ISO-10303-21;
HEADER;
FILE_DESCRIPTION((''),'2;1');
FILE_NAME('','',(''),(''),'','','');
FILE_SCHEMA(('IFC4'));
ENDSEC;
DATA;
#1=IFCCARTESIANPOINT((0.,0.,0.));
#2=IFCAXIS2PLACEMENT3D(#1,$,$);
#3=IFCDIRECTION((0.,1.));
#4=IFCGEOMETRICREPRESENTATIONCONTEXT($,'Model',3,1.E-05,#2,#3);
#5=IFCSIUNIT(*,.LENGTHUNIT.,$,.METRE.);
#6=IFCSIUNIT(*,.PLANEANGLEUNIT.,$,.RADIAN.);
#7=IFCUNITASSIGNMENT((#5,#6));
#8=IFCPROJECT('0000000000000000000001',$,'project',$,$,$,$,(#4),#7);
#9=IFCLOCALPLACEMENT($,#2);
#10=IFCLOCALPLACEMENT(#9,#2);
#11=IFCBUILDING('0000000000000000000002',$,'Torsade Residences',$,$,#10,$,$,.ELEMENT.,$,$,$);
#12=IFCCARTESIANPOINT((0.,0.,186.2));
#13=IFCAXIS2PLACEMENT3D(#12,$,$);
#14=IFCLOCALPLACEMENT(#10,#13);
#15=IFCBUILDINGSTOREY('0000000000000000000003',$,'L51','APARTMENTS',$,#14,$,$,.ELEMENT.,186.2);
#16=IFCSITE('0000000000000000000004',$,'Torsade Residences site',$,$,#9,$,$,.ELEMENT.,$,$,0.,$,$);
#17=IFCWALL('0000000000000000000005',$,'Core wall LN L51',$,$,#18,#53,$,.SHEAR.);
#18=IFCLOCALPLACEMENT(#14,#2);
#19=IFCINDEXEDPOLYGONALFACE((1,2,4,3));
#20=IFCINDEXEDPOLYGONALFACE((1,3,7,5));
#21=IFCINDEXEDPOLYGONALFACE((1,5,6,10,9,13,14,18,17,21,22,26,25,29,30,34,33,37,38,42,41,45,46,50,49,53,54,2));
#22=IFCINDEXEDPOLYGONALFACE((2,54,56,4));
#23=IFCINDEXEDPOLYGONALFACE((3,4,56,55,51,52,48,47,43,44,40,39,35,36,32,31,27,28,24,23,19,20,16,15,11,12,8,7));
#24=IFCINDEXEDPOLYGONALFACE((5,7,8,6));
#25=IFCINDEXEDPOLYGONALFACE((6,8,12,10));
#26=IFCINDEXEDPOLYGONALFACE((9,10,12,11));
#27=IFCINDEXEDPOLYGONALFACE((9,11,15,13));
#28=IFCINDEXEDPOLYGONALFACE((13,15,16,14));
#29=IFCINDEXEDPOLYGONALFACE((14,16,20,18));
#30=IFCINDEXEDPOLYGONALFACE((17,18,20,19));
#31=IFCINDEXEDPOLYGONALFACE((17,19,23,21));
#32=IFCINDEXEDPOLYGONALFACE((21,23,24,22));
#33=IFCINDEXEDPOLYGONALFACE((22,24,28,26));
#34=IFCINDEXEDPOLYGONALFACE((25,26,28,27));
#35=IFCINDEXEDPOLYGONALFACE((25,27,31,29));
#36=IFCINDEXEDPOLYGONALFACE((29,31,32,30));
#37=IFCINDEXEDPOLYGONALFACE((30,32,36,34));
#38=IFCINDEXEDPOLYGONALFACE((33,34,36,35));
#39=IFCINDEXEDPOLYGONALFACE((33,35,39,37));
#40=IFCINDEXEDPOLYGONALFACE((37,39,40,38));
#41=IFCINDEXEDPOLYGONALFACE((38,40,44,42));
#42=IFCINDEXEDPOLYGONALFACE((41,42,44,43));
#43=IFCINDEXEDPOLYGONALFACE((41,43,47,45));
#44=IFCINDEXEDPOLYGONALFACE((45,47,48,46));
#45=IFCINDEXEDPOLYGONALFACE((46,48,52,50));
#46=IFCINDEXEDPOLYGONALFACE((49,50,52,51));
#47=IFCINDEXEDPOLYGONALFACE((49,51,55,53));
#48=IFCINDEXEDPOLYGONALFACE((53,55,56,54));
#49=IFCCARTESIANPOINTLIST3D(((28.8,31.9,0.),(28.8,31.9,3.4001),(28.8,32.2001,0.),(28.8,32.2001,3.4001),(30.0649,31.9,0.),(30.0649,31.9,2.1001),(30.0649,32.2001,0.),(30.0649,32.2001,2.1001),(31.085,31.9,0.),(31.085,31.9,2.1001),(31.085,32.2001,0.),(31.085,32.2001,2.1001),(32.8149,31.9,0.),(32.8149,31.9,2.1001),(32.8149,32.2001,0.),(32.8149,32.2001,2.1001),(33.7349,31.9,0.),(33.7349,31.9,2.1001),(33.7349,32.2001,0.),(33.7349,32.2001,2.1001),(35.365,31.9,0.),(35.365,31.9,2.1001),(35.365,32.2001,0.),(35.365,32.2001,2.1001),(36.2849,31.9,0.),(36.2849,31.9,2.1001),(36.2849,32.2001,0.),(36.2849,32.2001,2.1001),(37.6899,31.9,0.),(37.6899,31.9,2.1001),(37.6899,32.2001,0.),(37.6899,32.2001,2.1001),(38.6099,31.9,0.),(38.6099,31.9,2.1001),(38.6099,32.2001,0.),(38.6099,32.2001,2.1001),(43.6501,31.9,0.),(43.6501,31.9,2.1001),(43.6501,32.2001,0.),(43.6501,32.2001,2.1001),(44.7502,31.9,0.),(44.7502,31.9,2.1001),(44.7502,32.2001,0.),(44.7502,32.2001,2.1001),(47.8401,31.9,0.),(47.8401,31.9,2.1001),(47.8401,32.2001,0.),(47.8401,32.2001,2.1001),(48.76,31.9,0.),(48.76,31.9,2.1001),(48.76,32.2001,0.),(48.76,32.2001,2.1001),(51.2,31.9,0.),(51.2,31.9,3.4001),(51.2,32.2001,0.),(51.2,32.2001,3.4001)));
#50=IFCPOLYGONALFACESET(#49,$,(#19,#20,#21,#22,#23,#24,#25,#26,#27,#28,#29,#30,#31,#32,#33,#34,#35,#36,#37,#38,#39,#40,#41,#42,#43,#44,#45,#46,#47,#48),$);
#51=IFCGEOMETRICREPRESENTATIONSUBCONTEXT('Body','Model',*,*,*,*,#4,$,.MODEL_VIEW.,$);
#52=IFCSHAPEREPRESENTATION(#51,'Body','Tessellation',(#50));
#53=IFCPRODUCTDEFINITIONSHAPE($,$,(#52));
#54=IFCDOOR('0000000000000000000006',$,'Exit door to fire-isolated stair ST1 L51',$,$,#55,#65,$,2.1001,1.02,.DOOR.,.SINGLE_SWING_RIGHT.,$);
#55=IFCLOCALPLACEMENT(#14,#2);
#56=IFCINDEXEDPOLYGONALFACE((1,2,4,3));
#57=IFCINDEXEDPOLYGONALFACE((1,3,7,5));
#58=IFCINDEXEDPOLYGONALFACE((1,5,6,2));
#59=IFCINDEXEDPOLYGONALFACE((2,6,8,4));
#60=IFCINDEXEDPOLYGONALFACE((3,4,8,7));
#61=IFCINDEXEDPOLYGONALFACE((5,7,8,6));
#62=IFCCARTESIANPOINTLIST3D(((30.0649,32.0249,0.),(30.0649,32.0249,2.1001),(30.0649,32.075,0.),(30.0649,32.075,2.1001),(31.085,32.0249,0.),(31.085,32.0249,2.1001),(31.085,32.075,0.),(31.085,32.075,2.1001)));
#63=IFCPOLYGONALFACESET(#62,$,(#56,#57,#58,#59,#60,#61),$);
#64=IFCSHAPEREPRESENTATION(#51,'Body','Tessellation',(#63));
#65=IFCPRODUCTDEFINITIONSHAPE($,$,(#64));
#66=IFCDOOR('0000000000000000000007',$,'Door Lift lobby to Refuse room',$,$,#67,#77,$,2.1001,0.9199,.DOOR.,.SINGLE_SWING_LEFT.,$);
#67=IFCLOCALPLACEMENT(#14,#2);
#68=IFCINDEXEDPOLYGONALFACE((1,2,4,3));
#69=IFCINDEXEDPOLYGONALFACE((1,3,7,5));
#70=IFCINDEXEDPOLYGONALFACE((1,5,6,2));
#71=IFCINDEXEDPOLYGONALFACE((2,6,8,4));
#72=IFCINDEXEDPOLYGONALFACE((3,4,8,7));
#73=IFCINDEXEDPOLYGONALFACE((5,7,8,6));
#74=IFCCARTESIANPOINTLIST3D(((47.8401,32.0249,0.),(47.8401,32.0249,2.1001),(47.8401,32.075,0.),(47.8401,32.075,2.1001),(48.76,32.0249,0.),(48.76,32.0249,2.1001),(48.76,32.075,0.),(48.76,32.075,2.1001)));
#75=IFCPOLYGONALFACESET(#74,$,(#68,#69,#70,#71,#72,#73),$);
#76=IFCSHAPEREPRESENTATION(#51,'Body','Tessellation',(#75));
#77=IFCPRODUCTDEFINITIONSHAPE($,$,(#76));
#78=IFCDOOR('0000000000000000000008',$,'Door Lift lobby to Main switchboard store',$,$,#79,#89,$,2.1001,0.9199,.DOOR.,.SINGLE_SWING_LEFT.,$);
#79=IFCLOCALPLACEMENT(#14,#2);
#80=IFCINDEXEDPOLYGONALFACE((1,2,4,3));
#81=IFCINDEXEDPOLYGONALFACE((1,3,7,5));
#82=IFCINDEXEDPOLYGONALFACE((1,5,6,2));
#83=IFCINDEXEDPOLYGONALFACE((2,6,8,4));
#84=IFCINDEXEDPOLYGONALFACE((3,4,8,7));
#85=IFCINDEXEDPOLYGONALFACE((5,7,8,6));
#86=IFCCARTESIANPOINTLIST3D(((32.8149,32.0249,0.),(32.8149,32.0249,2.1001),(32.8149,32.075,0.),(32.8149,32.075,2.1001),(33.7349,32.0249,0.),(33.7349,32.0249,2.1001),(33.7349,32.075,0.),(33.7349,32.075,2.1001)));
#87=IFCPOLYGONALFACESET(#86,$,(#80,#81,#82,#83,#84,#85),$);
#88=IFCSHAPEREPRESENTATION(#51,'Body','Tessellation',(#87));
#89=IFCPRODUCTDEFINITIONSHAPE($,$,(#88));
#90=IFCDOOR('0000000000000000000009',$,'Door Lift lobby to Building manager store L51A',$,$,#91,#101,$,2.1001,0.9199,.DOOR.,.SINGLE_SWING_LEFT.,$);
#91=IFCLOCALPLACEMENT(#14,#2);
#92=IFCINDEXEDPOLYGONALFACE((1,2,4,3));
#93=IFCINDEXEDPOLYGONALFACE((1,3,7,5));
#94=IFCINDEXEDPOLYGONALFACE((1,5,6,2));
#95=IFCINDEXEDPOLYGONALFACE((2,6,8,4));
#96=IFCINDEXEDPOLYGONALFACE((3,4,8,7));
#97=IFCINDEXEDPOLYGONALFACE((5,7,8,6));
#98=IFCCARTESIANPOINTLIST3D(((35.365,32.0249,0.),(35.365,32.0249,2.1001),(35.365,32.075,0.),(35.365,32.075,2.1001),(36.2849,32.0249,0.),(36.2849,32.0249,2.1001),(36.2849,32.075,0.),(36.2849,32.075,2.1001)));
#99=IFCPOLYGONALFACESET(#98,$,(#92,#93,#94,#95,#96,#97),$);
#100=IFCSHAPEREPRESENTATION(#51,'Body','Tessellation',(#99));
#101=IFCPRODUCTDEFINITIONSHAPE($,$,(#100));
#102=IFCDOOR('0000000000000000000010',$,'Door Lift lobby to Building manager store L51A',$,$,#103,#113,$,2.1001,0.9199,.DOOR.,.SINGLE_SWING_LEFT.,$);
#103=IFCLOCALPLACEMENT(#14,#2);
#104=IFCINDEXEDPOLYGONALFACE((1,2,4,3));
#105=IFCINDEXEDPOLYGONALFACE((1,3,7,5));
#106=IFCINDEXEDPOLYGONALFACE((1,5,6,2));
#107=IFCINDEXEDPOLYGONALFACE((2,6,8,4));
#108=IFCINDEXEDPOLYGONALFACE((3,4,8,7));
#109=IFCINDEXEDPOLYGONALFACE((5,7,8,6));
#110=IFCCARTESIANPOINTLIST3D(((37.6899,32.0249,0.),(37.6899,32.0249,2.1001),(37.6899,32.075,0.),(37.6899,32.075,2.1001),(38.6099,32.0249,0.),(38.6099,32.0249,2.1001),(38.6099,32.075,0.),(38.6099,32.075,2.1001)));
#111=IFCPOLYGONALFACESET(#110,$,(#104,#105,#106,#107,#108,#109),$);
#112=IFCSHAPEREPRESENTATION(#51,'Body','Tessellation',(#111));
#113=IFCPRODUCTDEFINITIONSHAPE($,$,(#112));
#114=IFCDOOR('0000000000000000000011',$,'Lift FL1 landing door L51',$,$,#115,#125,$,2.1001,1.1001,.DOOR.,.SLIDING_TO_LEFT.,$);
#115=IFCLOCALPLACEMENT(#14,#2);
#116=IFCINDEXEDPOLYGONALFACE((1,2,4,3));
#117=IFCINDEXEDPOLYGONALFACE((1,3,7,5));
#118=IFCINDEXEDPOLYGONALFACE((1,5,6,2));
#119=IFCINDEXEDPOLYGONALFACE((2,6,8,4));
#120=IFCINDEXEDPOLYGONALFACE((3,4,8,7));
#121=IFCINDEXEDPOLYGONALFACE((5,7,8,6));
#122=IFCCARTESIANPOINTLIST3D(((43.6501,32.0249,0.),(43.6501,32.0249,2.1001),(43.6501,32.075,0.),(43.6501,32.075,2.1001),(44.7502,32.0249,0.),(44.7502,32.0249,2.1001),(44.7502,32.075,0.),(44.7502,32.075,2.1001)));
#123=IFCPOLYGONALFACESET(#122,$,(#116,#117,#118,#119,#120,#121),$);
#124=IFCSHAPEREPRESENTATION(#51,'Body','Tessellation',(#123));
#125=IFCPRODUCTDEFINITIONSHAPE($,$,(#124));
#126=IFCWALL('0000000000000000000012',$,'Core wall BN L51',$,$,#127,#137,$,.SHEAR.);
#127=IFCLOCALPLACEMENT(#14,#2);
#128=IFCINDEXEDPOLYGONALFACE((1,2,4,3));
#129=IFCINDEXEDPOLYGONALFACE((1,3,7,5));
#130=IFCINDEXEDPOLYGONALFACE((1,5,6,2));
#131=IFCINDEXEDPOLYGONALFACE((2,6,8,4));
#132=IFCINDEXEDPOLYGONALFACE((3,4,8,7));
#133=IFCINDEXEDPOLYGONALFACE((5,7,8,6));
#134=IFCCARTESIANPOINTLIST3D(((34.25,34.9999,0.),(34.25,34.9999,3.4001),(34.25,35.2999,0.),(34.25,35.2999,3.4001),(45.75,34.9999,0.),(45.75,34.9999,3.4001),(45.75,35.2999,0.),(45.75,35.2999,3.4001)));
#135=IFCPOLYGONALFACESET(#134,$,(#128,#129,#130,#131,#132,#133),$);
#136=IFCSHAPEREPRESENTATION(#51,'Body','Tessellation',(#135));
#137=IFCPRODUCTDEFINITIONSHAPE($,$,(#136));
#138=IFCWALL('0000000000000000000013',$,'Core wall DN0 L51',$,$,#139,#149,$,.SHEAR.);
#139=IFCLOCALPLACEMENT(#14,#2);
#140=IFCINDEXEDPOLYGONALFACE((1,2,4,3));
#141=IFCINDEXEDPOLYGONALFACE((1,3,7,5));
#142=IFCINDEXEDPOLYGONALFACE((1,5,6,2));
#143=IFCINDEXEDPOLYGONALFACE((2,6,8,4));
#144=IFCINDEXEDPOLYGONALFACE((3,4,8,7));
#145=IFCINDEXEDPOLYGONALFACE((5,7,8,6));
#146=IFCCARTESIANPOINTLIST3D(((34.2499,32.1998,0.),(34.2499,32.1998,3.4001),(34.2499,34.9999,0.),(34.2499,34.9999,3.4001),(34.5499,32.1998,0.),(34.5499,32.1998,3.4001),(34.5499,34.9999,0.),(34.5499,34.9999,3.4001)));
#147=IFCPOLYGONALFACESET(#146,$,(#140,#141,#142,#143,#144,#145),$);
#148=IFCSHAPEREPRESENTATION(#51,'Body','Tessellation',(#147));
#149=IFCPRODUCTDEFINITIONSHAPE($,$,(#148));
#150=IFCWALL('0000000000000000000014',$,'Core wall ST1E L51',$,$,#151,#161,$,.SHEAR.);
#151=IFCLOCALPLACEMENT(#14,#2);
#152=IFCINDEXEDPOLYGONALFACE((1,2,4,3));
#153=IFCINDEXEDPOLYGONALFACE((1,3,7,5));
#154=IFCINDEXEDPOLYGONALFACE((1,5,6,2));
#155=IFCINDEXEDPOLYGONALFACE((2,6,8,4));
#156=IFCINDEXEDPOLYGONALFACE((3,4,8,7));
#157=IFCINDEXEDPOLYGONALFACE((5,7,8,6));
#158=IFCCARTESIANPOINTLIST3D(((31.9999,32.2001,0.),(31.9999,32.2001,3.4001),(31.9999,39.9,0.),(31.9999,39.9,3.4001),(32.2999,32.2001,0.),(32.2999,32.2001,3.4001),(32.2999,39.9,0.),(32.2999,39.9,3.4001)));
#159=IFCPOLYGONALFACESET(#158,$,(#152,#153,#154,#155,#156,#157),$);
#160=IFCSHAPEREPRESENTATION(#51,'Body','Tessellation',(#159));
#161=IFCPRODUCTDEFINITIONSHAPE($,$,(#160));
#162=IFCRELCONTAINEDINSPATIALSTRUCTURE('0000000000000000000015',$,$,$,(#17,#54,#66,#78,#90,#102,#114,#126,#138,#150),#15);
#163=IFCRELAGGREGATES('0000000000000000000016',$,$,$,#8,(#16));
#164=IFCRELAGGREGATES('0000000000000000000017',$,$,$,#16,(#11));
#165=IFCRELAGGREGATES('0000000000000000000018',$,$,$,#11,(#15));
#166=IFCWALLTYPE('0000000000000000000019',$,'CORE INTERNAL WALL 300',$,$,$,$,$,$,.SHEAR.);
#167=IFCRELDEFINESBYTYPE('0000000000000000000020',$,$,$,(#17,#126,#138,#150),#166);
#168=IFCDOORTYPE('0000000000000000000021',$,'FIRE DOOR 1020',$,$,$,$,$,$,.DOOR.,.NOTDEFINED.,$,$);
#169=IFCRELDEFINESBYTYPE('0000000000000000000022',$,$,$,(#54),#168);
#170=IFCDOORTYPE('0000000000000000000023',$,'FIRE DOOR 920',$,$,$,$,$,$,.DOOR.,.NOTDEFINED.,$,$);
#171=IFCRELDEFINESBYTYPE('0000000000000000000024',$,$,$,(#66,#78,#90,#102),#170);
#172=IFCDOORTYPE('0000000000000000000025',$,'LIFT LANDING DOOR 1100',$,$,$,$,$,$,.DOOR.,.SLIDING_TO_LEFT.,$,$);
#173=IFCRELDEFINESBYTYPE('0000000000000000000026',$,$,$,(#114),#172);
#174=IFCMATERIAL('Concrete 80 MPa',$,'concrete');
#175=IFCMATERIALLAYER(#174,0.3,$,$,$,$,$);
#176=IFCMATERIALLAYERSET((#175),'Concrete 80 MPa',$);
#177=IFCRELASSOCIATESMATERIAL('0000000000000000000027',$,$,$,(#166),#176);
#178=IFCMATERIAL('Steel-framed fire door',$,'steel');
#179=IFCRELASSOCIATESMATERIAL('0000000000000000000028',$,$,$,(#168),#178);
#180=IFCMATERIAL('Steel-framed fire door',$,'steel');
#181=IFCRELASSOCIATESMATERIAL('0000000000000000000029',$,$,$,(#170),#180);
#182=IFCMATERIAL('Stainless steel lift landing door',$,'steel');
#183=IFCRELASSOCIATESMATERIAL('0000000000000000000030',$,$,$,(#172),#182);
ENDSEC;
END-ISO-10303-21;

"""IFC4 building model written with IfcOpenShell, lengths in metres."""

from ifc_helpers import new_model, si_unit, direction, frame, frame_2d, origin, place, context, subcontext, project, spatial, rectangle, extrude, material, layer, layer_set, type_object, element, fill, save


model = new_model("IFC4")

# Units and contexts
model_context = context("Model", 3, precision=1e-05, world=origin(), true_north=direction((0.0, 1.0)))
body_context = subcontext(model_context, "Body", "Model", "MODEL_VIEW")
ifc_project = project(units=[si_unit("LENGTHUNIT", "METRE"), si_unit("PLANEANGLEUNIT", "RADIAN")], contexts=[model_context])

# Site, building, storey
site_placement = place(None, origin())
site = spatial("IfcSite", under=ifc_project, at=site_placement, Name="Torsade Residences site", CompositionType="ELEMENT", RefElevation=0.0)
building_placement = place(site_placement, origin())
building = spatial("IfcBuilding", under=site, at=building_placement, Name="Torsade Residences", CompositionType="ELEMENT")
storey_placement = place(building_placement, frame((0.0, 0.0, 186.2)))
storey = spatial("IfcBuildingStorey", under=building, at=storey_placement, Name="L51", Description="APARTMENTS", CompositionType="ELEMENT", Elevation=186.2)

# Wall, openings, doors
ifc_material_1 = material(Name="Concrete 80 MPa", Category="concrete")
ifc_layer_1 = layer(ifc_material_1, 0.3)
ifc_layer_set_1 = layer_set([ifc_layer_1], Name="Concrete 80 MPa")
wall_type_1 = type_object("IfcWallType", Name="CORE INTERNAL WALL 300", PredefinedType="SHEAR", material=ifc_layer_set_1)
wall_1_placement = place(storey_placement, frame((28.8, 32.05, 0.0), z_axis=(0.0, 0.0, 1.0), x_axis=(1.0, 0.0, 0.0)))
wall_1 = element("IfcWall", 1, at=wall_1_placement, inside=storey, type_object=wall_type_1, Name="Core wall LN L51", PredefinedType="SHEAR", context=body_context, shape_type="SweptSolid", body=[
    extrude(rectangle(XDim=22.3999, YDim=0.3, at=frame_2d((11.2, 0.0))), origin(), (0.0, 0.0, 1.0), 3.4001),
])
opening_1_placement = place(wall_1_placement, frame((19.04, 0.0, 0.0)))
opening_1 = element("IfcOpeningElement", 2, at=opening_1_placement, cuts=wall_1, PredefinedType="OPENING", context=body_context, shape_type="SweptSolid", body=[
    extrude(rectangle(XDim=0.9199, YDim=2.1001, at=frame_2d((0.46, 1.05))), frame((0.0, 0.1599, 0.0), z_axis=(0.0, -1.0, 0.0), x_axis=(1.0, 0.0, 0.0)), (0.0, 0.0, 1.0), 0.3201),
])
opening_2_placement = place(wall_1_placement, frame((1.2649, 0.0, 0.0)))
opening_2 = element("IfcOpeningElement", 3, at=opening_2_placement, cuts=wall_1, PredefinedType="OPENING", context=body_context, shape_type="SweptSolid", body=[
    extrude(rectangle(XDim=1.02, YDim=2.1001, at=frame_2d((0.51, 1.05))), frame((0.0, 0.1599, 0.0), z_axis=(0.0, -1.0, 0.0), x_axis=(1.0, 0.0, 0.0)), (0.0, 0.0, 1.0), 0.3201),
])
opening_3_placement = place(wall_1_placement, frame((4.0149, 0.0, 0.0)))
opening_3 = element("IfcOpeningElement", 4, at=opening_3_placement, cuts=wall_1, PredefinedType="OPENING", context=body_context, shape_type="SweptSolid", body=[
    extrude(rectangle(XDim=0.9199, YDim=2.1001, at=frame_2d((0.46, 1.05))), frame((0.0, 0.1599, 0.0), z_axis=(0.0, -1.0, 0.0), x_axis=(1.0, 0.0, 0.0)), (0.0, 0.0, 1.0), 0.3201),
])
opening_4_placement = place(wall_1_placement, frame((6.5649, 0.0, 0.0)))
opening_4 = element("IfcOpeningElement", 5, at=opening_4_placement, cuts=wall_1, PredefinedType="OPENING", context=body_context, shape_type="SweptSolid", body=[
    extrude(rectangle(XDim=0.9199, YDim=2.1001, at=frame_2d((0.46, 1.05))), frame((0.0, 0.1599, 0.0), z_axis=(0.0, -1.0, 0.0), x_axis=(1.0, 0.0, 0.0)), (0.0, 0.0, 1.0), 0.3201),
])
opening_5_placement = place(wall_1_placement, frame((8.8899, 0.0, 0.0)))
opening_5 = element("IfcOpeningElement", 6, at=opening_5_placement, cuts=wall_1, PredefinedType="OPENING", context=body_context, shape_type="SweptSolid", body=[
    extrude(rectangle(XDim=0.9199, YDim=2.1001, at=frame_2d((0.46, 1.05))), frame((0.0, 0.1599, 0.0), z_axis=(0.0, -1.0, 0.0), x_axis=(1.0, 0.0, 0.0)), (0.0, 0.0, 1.0), 0.3201),
])
opening_6_placement = place(wall_1_placement, frame((14.8501, 0.0, 0.0)))
opening_6 = element("IfcOpeningElement", 7, at=opening_6_placement, cuts=wall_1, PredefinedType="OPENING", context=body_context, shape_type="SweptSolid", body=[
    extrude(rectangle(XDim=1.1001, YDim=2.1001, at=frame_2d((0.55, 1.05))), frame((0.0, 0.1599, 0.0), z_axis=(0.0, -1.0, 0.0), x_axis=(1.0, 0.0, 0.0)), (0.0, 0.0, 1.0), 0.3201),
])
ifc_material_2 = material(Name="Steel-framed fire door", Category="steel")
door_type_1 = type_object("IfcDoorType", Name="FIRE DOOR 1020", OperationType="NOTDEFINED", PredefinedType="DOOR", material=ifc_material_2)
door_1_placement = place(opening_2_placement, origin())
door_1 = element("IfcDoor", 8, at=door_1_placement, inside=storey, type_object=door_type_1, Name="Exit door to fire-isolated stair ST1 L51", OperationType="SINGLE_SWING_RIGHT", OverallHeight=2.1001, OverallWidth=1.02, PredefinedType="DOOR", context=body_context, shape_type="SweptSolid", body=[
    extrude(rectangle(XDim=1.02, YDim=2.1001, at=frame_2d((0.51, 1.05))), frame((0.0, 0.0249, 0.0), z_axis=(0.0, -1.0, 0.0), x_axis=(1.0, 0.0, 0.0)), (0.0, 0.0, 1.0), 0.05),
])
fill(opening_2, door_1)
ifc_material_3 = material(Name="Steel-framed fire door", Category="steel")
door_type_2 = type_object("IfcDoorType", Name="FIRE DOOR 920", OperationType="NOTDEFINED", PredefinedType="DOOR", material=ifc_material_3)
door_2_placement = place(opening_1_placement, origin())
door_2 = element("IfcDoor", 9, at=door_2_placement, inside=storey, type_object=door_type_2, Name="Door Lift lobby to Refuse room", OperationType="SINGLE_SWING_LEFT", OverallHeight=2.1001, OverallWidth=0.9199, PredefinedType="DOOR", context=body_context, shape_type="SweptSolid", body=[
    extrude(rectangle(XDim=0.9199, YDim=2.1001, at=frame_2d((0.46, 1.05))), frame((0.0, 0.0249, 0.0), z_axis=(0.0, -1.0, 0.0), x_axis=(1.0, 0.0, 0.0)), (0.0, 0.0, 1.0), 0.05),
])
fill(opening_1, door_2)
door_3_placement = place(opening_3_placement, origin())
door_3 = element("IfcDoor", 10, at=door_3_placement, inside=storey, type_object=door_type_2, Name="Door Lift lobby to Main switchboard store", OperationType="SINGLE_SWING_LEFT", OverallHeight=2.1001, OverallWidth=0.9199, PredefinedType="DOOR", context=body_context, shape_type="SweptSolid", body=[
    extrude(rectangle(XDim=0.9199, YDim=2.1001, at=frame_2d((0.46, 1.05))), frame((0.0, 0.0249, 0.0), z_axis=(0.0, -1.0, 0.0), x_axis=(1.0, 0.0, 0.0)), (0.0, 0.0, 1.0), 0.05),
])
fill(opening_3, door_3)
door_4_placement = place(opening_4_placement, origin())
door_4 = element("IfcDoor", 11, at=door_4_placement, inside=storey, type_object=door_type_2, Name="Door Lift lobby to Building manager store L51A", OperationType="SINGLE_SWING_LEFT", OverallHeight=2.1001, OverallWidth=0.9199, PredefinedType="DOOR", context=body_context, shape_type="SweptSolid", body=[
    extrude(rectangle(XDim=0.9199, YDim=2.1001, at=frame_2d((0.46, 1.05))), frame((0.0, 0.0249, 0.0), z_axis=(0.0, -1.0, 0.0), x_axis=(1.0, 0.0, 0.0)), (0.0, 0.0, 1.0), 0.05),
])
fill(opening_4, door_4)
door_5_placement = place(opening_5_placement, origin())
door_5 = element("IfcDoor", 12, at=door_5_placement, inside=storey, type_object=door_type_2, Name="Door Lift lobby to Building manager store L51A", OperationType="SINGLE_SWING_LEFT", OverallHeight=2.1001, OverallWidth=0.9199, PredefinedType="DOOR", context=body_context, shape_type="SweptSolid", body=[
    extrude(rectangle(XDim=0.9199, YDim=2.1001, at=frame_2d((0.46, 1.05))), frame((0.0, 0.0249, 0.0), z_axis=(0.0, -1.0, 0.0), x_axis=(1.0, 0.0, 0.0)), (0.0, 0.0, 1.0), 0.05),
])
fill(opening_5, door_5)
ifc_material_4 = material(Name="Stainless steel lift landing door", Category="steel")
door_type_3 = type_object("IfcDoorType", Name="LIFT LANDING DOOR 1100", OperationType="SLIDING_TO_LEFT", PredefinedType="DOOR", material=ifc_material_4)
door_6_placement = place(opening_6_placement, origin())
door_6 = element("IfcDoor", 13, at=door_6_placement, inside=storey, type_object=door_type_3, Name="Lift FL1 landing door L51", OperationType="SLIDING_TO_LEFT", OverallHeight=2.1001, OverallWidth=1.1001, PredefinedType="DOOR", context=body_context, shape_type="SweptSolid", body=[
    extrude(rectangle(XDim=1.1001, YDim=2.1001, at=frame_2d((0.55, 1.05))), frame((0.0, 0.0249, 0.0), z_axis=(0.0, -1.0, 0.0), x_axis=(1.0, 0.0, 0.0)), (0.0, 0.0, 1.0), 0.05),
])
fill(opening_6, door_6)

# Walls
wall_2_placement = place(storey_placement, frame((34.25, 35.1499, 0.0), z_axis=(0.0, 0.0, 1.0), x_axis=(1.0, 0.0, 0.0)))
element("IfcWall", 14, at=wall_2_placement, inside=storey, type_object=wall_type_1, Name="Core wall BN L51", PredefinedType="SHEAR", context=body_context, shape_type="SweptSolid", body=[
    extrude(rectangle(XDim=11.5, YDim=0.3, at=frame_2d((5.75, 0.0))), origin(), (0.0, 0.0, 1.0), 3.4001),
])
wall_3_placement = place(storey_placement, frame((34.3999, 32.2, 0.0), z_axis=(0.0, 0.0, 1.0), x_axis=(0.0, 1.0, 0.0)))
element("IfcWall", 15, at=wall_3_placement, inside=storey, type_object=wall_type_1, Name="Core wall DN0 L51", PredefinedType="SHEAR", context=body_context, shape_type="SweptSolid", body=[
    extrude(rectangle(XDim=2.8, YDim=0.3, at=frame_2d((1.3999, 0.0))), origin(), (0.0, 0.0, 1.0), 3.4001),
])
wall_4_placement = place(storey_placement, frame((32.1499, 32.2, 0.0), z_axis=(0.0, 0.0, 1.0), x_axis=(0.0, 1.0, 0.0)))
element("IfcWall", 16, at=wall_4_placement, inside=storey, type_object=wall_type_1, Name="Core wall ST1E L51", PredefinedType="SHEAR", context=body_context, shape_type="SweptSolid", body=[
    extrude(rectangle(XDim=7.7, YDim=0.3, at=frame_2d((3.8501, 0.0))), origin(), (0.0, 0.0, 1.0), 3.4001),
])

save(model, "model.ifc")
